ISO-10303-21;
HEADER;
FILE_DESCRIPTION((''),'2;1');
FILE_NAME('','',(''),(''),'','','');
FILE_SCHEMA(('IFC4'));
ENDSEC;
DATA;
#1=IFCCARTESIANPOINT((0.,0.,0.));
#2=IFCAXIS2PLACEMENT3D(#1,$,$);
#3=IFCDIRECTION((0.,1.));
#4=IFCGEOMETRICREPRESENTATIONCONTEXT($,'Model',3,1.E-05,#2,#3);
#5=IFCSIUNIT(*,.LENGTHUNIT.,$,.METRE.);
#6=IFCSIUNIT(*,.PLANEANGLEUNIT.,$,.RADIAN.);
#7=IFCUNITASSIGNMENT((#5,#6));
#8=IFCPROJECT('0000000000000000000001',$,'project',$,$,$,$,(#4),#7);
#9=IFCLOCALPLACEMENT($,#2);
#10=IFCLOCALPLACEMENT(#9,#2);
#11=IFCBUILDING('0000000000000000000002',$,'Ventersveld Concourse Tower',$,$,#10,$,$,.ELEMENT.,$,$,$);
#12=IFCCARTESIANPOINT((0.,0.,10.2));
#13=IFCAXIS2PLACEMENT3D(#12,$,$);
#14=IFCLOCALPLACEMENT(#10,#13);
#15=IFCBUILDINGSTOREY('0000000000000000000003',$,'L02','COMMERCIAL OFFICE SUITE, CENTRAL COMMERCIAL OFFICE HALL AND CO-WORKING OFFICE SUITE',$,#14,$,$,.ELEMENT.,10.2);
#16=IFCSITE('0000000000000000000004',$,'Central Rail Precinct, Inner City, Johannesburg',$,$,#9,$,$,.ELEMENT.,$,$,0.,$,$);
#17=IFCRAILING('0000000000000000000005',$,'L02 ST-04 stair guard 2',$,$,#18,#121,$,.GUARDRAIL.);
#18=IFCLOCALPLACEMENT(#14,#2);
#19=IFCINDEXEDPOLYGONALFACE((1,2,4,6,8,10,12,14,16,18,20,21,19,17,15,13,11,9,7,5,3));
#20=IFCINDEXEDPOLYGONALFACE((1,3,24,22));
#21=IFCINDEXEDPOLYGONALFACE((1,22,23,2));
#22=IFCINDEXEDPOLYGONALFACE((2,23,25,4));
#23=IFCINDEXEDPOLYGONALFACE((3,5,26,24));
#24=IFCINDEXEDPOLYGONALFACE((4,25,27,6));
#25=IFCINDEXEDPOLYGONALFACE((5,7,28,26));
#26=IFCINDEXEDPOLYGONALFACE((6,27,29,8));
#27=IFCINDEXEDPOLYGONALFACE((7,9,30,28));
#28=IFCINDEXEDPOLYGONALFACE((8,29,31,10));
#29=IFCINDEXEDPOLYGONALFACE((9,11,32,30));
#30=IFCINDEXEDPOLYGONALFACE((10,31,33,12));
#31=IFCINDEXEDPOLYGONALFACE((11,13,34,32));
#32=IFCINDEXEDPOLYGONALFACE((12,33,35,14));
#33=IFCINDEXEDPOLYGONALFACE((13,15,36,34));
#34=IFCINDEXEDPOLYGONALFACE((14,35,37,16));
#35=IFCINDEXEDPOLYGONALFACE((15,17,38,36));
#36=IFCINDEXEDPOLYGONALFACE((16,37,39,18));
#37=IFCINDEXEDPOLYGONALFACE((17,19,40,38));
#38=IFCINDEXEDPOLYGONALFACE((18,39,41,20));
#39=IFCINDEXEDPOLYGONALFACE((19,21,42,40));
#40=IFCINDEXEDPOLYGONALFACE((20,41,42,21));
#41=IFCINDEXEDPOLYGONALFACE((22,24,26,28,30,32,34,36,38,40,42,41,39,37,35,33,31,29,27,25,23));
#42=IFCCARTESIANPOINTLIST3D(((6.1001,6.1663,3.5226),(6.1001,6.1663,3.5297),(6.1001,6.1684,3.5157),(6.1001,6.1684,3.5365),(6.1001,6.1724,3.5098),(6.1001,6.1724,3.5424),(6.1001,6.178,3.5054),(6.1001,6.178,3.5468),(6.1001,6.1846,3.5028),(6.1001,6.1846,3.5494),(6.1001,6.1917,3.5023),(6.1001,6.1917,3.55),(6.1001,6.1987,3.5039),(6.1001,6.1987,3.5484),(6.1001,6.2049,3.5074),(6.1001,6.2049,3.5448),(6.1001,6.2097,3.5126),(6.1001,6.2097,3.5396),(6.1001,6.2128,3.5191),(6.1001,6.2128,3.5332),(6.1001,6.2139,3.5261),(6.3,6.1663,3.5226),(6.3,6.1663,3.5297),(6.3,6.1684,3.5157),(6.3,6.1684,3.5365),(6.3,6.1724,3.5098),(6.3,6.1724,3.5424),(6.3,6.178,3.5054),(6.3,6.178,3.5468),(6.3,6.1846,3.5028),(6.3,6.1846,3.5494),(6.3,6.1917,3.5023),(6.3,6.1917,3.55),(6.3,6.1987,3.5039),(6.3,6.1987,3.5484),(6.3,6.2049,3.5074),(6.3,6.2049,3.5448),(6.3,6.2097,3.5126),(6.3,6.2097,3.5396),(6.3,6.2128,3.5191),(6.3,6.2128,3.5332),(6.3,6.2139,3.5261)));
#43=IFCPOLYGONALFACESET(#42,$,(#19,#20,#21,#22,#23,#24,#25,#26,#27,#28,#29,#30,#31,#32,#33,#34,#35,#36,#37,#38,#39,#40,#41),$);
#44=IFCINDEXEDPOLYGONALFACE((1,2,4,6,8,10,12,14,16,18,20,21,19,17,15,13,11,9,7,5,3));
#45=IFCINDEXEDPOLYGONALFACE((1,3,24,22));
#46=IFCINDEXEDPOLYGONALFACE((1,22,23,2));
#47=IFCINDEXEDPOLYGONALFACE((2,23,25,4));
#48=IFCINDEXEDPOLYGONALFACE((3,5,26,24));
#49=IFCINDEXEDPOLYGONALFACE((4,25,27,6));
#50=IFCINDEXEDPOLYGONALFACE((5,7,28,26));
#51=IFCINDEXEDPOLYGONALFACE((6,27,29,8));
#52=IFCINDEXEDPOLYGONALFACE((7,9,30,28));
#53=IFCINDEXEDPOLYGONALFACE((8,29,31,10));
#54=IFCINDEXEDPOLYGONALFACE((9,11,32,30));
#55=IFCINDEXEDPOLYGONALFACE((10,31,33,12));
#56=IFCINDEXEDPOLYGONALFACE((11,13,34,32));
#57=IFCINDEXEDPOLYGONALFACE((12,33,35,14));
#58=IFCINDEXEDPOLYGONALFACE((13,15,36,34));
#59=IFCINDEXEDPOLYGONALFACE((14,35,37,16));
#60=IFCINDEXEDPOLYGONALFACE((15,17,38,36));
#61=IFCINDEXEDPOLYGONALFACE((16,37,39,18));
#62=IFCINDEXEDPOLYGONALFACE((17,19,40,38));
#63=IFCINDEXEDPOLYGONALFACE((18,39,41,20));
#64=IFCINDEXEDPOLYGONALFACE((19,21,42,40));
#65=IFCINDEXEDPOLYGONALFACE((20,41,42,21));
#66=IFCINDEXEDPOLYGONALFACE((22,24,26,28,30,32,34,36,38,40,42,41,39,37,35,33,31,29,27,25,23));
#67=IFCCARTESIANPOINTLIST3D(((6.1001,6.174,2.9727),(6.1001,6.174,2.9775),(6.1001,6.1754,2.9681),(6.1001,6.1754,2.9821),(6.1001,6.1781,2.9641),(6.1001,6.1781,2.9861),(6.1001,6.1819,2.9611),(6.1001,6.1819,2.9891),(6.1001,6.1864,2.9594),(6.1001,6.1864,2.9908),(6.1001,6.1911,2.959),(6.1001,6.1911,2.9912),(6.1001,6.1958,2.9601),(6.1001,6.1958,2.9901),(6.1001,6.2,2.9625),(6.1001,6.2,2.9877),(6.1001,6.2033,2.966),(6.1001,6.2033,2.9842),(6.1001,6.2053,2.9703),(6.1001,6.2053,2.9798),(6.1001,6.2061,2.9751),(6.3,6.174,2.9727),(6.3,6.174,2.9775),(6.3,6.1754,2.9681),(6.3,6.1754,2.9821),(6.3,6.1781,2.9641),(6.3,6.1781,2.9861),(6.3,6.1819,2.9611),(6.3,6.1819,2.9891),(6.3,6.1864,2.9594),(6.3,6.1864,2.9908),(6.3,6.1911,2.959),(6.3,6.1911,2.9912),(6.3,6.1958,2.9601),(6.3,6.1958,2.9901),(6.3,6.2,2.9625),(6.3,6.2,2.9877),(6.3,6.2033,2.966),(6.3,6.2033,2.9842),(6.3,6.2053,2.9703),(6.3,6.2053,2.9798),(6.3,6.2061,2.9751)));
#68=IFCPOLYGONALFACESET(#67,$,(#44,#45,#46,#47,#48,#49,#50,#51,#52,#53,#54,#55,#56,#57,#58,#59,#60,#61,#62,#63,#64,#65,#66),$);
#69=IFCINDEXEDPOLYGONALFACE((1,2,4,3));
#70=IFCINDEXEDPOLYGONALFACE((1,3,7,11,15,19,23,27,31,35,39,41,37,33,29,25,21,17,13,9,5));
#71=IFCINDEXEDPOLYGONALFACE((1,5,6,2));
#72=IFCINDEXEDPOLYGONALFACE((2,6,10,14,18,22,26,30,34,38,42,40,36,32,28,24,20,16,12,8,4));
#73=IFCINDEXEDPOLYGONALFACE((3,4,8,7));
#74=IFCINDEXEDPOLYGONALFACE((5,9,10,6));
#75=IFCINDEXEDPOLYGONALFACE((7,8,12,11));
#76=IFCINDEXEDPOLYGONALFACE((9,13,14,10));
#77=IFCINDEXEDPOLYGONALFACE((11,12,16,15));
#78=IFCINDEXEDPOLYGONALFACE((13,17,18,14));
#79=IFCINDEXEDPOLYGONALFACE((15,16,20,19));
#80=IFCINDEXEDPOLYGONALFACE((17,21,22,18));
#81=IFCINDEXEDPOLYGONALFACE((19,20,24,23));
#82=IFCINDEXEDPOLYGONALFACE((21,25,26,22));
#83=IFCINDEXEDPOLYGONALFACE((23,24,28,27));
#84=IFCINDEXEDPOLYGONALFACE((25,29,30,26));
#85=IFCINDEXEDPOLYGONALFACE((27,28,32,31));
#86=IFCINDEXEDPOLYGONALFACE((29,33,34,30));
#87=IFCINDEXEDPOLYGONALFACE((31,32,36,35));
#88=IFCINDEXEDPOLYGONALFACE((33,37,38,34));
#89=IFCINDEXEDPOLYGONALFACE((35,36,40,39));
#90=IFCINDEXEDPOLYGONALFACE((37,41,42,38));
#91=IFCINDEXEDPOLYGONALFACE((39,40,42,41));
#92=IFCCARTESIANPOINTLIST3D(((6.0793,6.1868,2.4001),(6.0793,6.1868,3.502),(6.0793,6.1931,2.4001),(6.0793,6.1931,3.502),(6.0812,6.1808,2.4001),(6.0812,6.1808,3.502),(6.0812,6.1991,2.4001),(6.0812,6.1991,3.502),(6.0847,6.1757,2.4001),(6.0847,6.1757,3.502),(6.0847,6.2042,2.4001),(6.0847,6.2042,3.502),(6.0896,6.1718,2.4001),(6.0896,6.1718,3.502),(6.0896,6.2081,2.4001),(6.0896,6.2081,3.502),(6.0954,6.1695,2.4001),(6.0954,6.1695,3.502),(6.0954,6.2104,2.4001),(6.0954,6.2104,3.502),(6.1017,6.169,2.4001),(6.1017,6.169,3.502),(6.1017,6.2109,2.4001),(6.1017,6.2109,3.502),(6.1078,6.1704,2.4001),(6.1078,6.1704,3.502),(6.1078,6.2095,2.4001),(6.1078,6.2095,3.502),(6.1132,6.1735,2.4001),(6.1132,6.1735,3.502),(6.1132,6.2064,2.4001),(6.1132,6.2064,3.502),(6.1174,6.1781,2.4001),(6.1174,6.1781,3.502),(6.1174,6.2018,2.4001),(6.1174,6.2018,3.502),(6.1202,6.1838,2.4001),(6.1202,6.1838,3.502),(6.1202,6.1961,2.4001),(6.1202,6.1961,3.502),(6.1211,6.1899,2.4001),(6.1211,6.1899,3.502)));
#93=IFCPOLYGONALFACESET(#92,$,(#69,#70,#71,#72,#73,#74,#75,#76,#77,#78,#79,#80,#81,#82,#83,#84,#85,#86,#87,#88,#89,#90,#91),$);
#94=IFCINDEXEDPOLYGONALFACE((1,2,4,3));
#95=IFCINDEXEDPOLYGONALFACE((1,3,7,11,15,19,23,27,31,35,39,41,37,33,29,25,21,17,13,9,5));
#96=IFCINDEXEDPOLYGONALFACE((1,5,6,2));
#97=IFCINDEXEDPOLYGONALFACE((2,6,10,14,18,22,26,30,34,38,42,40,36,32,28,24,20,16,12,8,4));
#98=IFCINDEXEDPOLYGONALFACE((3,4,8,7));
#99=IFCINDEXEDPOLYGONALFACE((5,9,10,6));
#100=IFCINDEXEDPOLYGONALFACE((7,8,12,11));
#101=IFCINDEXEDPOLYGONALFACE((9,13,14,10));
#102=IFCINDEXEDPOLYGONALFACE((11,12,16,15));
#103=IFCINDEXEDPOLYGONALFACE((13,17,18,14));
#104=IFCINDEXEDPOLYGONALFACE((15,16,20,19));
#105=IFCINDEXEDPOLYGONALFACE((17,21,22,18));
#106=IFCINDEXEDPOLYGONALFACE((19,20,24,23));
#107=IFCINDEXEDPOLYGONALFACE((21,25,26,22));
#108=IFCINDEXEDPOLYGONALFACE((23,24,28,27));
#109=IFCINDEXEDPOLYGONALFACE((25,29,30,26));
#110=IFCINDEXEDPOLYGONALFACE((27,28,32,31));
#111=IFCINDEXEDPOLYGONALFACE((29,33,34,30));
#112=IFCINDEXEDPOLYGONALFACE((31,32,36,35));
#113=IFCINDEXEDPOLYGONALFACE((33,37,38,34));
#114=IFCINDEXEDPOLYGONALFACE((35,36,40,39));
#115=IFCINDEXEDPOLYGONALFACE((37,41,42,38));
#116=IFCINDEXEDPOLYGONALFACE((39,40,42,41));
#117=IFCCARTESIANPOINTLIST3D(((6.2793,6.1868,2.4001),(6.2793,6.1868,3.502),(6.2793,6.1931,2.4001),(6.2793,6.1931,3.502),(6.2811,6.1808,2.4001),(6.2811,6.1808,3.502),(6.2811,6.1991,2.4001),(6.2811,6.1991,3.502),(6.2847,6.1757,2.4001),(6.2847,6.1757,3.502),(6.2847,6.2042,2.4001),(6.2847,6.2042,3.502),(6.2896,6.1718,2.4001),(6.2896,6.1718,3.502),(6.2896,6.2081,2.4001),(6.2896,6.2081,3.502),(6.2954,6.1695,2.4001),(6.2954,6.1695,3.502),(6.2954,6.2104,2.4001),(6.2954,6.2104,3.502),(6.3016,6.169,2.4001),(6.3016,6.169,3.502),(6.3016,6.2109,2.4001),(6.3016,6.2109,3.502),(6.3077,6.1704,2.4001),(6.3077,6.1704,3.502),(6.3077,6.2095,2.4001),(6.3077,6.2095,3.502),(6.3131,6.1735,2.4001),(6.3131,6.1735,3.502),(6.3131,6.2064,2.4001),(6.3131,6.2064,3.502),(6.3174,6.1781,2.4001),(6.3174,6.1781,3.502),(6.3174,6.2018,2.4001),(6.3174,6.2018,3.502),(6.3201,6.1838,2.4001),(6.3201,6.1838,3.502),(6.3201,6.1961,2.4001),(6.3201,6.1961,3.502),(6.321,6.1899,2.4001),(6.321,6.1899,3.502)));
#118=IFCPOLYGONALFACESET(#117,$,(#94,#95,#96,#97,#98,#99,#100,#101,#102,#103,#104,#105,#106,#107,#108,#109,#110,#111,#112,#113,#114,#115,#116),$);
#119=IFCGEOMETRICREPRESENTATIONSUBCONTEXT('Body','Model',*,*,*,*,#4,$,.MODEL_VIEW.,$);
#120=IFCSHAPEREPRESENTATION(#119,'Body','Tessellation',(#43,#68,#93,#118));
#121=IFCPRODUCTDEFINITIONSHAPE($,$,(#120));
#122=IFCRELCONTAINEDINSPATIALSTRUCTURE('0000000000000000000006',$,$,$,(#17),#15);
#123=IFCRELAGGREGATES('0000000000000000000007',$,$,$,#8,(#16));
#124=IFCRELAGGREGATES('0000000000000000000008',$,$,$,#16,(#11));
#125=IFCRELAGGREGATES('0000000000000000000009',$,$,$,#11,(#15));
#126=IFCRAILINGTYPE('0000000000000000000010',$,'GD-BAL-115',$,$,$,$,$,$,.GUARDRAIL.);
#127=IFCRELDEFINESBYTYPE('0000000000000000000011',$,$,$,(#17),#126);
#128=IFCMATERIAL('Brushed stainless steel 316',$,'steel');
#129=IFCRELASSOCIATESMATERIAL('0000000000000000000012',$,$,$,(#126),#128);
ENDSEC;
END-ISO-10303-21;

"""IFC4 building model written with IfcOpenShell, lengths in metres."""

from ifc_helpers import new_model, si_unit, direction, frame, origin, origin_2d, place, context, subcontext, project, spatial, circle, extrude, material, type_object, element, save


model = new_model("IFC4")

# Units and contexts
model_context = context("Model", 3, precision=1e-05, world=origin(), true_north=direction((0.0, 1.0)))
body_context = subcontext(model_context, "Body", "Model", "MODEL_VIEW")
ifc_project = project(units=[si_unit("LENGTHUNIT", "METRE"), si_unit("PLANEANGLEUNIT", "RADIAN")], contexts=[model_context])

# Site, building, storey
site_placement = place(None, origin())
site = spatial("IfcSite", under=ifc_project, at=site_placement, Name="Central Rail Precinct, Inner City, Johannesburg", CompositionType="ELEMENT", RefElevation=0.0)
building_placement = place(site_placement, origin())
building = spatial("IfcBuilding", under=site, at=building_placement, Name="Ventersveld Concourse Tower", CompositionType="ELEMENT")
storey_placement = place(building_placement, frame((0.0, 0.0, 10.2)))
storey = spatial("IfcBuildingStorey", under=building, at=storey_placement, Name="L02", Description="COMMERCIAL OFFICE SUITE, CENTRAL COMMERCIAL OFFICE HALL AND CO-WORKING OFFICE SUITE", CompositionType="ELEMENT", Elevation=10.2)

# Railing
ifc_material_1 = material(Name="Brushed stainless steel 316", Category="steel")
railing_type_1 = type_object("IfcRailingType", Name="GD-BAL-115", PredefinedType="GUARDRAIL", material=ifc_material_1)
railing_1_placement = place(storey_placement, frame((6.1001, 6.1899, 2.4001)))
element("IfcRailing", 1, at=railing_1_placement, inside=storey, type_object=railing_type_1, Name="L02 ST-04 stair guard 2", PredefinedType="GUARDRAIL", context=body_context, shape_type="SweptSolid", body=[
    extrude(circle(Radius=0.0239, at=origin_2d()), frame((0.0, 0.0, 1.126), z_axis=(1.0, 0.0, 0.0), x_axis=(0.0, 1.0, 0.0)), (0.0, 0.0, 1.0), 0.2),
    extrude(circle(Radius=0.0161, at=origin_2d()), frame((0.0, 0.0, 0.575), z_axis=(1.0, 0.0, 0.0), x_axis=(0.0, 1.0, 0.0)), (0.0, 0.0, 1.0), 0.2),
    extrude(circle(Radius=0.021, at=origin_2d()), origin(), (0.0, 0.0, 1.0), 1.1018),
    extrude(circle(Radius=0.021, at=origin_2d()), frame((0.2, 0.0, 0.0)), (0.0, 0.0, 1.0), 1.1018),
])

save(model, "model.ifc")
